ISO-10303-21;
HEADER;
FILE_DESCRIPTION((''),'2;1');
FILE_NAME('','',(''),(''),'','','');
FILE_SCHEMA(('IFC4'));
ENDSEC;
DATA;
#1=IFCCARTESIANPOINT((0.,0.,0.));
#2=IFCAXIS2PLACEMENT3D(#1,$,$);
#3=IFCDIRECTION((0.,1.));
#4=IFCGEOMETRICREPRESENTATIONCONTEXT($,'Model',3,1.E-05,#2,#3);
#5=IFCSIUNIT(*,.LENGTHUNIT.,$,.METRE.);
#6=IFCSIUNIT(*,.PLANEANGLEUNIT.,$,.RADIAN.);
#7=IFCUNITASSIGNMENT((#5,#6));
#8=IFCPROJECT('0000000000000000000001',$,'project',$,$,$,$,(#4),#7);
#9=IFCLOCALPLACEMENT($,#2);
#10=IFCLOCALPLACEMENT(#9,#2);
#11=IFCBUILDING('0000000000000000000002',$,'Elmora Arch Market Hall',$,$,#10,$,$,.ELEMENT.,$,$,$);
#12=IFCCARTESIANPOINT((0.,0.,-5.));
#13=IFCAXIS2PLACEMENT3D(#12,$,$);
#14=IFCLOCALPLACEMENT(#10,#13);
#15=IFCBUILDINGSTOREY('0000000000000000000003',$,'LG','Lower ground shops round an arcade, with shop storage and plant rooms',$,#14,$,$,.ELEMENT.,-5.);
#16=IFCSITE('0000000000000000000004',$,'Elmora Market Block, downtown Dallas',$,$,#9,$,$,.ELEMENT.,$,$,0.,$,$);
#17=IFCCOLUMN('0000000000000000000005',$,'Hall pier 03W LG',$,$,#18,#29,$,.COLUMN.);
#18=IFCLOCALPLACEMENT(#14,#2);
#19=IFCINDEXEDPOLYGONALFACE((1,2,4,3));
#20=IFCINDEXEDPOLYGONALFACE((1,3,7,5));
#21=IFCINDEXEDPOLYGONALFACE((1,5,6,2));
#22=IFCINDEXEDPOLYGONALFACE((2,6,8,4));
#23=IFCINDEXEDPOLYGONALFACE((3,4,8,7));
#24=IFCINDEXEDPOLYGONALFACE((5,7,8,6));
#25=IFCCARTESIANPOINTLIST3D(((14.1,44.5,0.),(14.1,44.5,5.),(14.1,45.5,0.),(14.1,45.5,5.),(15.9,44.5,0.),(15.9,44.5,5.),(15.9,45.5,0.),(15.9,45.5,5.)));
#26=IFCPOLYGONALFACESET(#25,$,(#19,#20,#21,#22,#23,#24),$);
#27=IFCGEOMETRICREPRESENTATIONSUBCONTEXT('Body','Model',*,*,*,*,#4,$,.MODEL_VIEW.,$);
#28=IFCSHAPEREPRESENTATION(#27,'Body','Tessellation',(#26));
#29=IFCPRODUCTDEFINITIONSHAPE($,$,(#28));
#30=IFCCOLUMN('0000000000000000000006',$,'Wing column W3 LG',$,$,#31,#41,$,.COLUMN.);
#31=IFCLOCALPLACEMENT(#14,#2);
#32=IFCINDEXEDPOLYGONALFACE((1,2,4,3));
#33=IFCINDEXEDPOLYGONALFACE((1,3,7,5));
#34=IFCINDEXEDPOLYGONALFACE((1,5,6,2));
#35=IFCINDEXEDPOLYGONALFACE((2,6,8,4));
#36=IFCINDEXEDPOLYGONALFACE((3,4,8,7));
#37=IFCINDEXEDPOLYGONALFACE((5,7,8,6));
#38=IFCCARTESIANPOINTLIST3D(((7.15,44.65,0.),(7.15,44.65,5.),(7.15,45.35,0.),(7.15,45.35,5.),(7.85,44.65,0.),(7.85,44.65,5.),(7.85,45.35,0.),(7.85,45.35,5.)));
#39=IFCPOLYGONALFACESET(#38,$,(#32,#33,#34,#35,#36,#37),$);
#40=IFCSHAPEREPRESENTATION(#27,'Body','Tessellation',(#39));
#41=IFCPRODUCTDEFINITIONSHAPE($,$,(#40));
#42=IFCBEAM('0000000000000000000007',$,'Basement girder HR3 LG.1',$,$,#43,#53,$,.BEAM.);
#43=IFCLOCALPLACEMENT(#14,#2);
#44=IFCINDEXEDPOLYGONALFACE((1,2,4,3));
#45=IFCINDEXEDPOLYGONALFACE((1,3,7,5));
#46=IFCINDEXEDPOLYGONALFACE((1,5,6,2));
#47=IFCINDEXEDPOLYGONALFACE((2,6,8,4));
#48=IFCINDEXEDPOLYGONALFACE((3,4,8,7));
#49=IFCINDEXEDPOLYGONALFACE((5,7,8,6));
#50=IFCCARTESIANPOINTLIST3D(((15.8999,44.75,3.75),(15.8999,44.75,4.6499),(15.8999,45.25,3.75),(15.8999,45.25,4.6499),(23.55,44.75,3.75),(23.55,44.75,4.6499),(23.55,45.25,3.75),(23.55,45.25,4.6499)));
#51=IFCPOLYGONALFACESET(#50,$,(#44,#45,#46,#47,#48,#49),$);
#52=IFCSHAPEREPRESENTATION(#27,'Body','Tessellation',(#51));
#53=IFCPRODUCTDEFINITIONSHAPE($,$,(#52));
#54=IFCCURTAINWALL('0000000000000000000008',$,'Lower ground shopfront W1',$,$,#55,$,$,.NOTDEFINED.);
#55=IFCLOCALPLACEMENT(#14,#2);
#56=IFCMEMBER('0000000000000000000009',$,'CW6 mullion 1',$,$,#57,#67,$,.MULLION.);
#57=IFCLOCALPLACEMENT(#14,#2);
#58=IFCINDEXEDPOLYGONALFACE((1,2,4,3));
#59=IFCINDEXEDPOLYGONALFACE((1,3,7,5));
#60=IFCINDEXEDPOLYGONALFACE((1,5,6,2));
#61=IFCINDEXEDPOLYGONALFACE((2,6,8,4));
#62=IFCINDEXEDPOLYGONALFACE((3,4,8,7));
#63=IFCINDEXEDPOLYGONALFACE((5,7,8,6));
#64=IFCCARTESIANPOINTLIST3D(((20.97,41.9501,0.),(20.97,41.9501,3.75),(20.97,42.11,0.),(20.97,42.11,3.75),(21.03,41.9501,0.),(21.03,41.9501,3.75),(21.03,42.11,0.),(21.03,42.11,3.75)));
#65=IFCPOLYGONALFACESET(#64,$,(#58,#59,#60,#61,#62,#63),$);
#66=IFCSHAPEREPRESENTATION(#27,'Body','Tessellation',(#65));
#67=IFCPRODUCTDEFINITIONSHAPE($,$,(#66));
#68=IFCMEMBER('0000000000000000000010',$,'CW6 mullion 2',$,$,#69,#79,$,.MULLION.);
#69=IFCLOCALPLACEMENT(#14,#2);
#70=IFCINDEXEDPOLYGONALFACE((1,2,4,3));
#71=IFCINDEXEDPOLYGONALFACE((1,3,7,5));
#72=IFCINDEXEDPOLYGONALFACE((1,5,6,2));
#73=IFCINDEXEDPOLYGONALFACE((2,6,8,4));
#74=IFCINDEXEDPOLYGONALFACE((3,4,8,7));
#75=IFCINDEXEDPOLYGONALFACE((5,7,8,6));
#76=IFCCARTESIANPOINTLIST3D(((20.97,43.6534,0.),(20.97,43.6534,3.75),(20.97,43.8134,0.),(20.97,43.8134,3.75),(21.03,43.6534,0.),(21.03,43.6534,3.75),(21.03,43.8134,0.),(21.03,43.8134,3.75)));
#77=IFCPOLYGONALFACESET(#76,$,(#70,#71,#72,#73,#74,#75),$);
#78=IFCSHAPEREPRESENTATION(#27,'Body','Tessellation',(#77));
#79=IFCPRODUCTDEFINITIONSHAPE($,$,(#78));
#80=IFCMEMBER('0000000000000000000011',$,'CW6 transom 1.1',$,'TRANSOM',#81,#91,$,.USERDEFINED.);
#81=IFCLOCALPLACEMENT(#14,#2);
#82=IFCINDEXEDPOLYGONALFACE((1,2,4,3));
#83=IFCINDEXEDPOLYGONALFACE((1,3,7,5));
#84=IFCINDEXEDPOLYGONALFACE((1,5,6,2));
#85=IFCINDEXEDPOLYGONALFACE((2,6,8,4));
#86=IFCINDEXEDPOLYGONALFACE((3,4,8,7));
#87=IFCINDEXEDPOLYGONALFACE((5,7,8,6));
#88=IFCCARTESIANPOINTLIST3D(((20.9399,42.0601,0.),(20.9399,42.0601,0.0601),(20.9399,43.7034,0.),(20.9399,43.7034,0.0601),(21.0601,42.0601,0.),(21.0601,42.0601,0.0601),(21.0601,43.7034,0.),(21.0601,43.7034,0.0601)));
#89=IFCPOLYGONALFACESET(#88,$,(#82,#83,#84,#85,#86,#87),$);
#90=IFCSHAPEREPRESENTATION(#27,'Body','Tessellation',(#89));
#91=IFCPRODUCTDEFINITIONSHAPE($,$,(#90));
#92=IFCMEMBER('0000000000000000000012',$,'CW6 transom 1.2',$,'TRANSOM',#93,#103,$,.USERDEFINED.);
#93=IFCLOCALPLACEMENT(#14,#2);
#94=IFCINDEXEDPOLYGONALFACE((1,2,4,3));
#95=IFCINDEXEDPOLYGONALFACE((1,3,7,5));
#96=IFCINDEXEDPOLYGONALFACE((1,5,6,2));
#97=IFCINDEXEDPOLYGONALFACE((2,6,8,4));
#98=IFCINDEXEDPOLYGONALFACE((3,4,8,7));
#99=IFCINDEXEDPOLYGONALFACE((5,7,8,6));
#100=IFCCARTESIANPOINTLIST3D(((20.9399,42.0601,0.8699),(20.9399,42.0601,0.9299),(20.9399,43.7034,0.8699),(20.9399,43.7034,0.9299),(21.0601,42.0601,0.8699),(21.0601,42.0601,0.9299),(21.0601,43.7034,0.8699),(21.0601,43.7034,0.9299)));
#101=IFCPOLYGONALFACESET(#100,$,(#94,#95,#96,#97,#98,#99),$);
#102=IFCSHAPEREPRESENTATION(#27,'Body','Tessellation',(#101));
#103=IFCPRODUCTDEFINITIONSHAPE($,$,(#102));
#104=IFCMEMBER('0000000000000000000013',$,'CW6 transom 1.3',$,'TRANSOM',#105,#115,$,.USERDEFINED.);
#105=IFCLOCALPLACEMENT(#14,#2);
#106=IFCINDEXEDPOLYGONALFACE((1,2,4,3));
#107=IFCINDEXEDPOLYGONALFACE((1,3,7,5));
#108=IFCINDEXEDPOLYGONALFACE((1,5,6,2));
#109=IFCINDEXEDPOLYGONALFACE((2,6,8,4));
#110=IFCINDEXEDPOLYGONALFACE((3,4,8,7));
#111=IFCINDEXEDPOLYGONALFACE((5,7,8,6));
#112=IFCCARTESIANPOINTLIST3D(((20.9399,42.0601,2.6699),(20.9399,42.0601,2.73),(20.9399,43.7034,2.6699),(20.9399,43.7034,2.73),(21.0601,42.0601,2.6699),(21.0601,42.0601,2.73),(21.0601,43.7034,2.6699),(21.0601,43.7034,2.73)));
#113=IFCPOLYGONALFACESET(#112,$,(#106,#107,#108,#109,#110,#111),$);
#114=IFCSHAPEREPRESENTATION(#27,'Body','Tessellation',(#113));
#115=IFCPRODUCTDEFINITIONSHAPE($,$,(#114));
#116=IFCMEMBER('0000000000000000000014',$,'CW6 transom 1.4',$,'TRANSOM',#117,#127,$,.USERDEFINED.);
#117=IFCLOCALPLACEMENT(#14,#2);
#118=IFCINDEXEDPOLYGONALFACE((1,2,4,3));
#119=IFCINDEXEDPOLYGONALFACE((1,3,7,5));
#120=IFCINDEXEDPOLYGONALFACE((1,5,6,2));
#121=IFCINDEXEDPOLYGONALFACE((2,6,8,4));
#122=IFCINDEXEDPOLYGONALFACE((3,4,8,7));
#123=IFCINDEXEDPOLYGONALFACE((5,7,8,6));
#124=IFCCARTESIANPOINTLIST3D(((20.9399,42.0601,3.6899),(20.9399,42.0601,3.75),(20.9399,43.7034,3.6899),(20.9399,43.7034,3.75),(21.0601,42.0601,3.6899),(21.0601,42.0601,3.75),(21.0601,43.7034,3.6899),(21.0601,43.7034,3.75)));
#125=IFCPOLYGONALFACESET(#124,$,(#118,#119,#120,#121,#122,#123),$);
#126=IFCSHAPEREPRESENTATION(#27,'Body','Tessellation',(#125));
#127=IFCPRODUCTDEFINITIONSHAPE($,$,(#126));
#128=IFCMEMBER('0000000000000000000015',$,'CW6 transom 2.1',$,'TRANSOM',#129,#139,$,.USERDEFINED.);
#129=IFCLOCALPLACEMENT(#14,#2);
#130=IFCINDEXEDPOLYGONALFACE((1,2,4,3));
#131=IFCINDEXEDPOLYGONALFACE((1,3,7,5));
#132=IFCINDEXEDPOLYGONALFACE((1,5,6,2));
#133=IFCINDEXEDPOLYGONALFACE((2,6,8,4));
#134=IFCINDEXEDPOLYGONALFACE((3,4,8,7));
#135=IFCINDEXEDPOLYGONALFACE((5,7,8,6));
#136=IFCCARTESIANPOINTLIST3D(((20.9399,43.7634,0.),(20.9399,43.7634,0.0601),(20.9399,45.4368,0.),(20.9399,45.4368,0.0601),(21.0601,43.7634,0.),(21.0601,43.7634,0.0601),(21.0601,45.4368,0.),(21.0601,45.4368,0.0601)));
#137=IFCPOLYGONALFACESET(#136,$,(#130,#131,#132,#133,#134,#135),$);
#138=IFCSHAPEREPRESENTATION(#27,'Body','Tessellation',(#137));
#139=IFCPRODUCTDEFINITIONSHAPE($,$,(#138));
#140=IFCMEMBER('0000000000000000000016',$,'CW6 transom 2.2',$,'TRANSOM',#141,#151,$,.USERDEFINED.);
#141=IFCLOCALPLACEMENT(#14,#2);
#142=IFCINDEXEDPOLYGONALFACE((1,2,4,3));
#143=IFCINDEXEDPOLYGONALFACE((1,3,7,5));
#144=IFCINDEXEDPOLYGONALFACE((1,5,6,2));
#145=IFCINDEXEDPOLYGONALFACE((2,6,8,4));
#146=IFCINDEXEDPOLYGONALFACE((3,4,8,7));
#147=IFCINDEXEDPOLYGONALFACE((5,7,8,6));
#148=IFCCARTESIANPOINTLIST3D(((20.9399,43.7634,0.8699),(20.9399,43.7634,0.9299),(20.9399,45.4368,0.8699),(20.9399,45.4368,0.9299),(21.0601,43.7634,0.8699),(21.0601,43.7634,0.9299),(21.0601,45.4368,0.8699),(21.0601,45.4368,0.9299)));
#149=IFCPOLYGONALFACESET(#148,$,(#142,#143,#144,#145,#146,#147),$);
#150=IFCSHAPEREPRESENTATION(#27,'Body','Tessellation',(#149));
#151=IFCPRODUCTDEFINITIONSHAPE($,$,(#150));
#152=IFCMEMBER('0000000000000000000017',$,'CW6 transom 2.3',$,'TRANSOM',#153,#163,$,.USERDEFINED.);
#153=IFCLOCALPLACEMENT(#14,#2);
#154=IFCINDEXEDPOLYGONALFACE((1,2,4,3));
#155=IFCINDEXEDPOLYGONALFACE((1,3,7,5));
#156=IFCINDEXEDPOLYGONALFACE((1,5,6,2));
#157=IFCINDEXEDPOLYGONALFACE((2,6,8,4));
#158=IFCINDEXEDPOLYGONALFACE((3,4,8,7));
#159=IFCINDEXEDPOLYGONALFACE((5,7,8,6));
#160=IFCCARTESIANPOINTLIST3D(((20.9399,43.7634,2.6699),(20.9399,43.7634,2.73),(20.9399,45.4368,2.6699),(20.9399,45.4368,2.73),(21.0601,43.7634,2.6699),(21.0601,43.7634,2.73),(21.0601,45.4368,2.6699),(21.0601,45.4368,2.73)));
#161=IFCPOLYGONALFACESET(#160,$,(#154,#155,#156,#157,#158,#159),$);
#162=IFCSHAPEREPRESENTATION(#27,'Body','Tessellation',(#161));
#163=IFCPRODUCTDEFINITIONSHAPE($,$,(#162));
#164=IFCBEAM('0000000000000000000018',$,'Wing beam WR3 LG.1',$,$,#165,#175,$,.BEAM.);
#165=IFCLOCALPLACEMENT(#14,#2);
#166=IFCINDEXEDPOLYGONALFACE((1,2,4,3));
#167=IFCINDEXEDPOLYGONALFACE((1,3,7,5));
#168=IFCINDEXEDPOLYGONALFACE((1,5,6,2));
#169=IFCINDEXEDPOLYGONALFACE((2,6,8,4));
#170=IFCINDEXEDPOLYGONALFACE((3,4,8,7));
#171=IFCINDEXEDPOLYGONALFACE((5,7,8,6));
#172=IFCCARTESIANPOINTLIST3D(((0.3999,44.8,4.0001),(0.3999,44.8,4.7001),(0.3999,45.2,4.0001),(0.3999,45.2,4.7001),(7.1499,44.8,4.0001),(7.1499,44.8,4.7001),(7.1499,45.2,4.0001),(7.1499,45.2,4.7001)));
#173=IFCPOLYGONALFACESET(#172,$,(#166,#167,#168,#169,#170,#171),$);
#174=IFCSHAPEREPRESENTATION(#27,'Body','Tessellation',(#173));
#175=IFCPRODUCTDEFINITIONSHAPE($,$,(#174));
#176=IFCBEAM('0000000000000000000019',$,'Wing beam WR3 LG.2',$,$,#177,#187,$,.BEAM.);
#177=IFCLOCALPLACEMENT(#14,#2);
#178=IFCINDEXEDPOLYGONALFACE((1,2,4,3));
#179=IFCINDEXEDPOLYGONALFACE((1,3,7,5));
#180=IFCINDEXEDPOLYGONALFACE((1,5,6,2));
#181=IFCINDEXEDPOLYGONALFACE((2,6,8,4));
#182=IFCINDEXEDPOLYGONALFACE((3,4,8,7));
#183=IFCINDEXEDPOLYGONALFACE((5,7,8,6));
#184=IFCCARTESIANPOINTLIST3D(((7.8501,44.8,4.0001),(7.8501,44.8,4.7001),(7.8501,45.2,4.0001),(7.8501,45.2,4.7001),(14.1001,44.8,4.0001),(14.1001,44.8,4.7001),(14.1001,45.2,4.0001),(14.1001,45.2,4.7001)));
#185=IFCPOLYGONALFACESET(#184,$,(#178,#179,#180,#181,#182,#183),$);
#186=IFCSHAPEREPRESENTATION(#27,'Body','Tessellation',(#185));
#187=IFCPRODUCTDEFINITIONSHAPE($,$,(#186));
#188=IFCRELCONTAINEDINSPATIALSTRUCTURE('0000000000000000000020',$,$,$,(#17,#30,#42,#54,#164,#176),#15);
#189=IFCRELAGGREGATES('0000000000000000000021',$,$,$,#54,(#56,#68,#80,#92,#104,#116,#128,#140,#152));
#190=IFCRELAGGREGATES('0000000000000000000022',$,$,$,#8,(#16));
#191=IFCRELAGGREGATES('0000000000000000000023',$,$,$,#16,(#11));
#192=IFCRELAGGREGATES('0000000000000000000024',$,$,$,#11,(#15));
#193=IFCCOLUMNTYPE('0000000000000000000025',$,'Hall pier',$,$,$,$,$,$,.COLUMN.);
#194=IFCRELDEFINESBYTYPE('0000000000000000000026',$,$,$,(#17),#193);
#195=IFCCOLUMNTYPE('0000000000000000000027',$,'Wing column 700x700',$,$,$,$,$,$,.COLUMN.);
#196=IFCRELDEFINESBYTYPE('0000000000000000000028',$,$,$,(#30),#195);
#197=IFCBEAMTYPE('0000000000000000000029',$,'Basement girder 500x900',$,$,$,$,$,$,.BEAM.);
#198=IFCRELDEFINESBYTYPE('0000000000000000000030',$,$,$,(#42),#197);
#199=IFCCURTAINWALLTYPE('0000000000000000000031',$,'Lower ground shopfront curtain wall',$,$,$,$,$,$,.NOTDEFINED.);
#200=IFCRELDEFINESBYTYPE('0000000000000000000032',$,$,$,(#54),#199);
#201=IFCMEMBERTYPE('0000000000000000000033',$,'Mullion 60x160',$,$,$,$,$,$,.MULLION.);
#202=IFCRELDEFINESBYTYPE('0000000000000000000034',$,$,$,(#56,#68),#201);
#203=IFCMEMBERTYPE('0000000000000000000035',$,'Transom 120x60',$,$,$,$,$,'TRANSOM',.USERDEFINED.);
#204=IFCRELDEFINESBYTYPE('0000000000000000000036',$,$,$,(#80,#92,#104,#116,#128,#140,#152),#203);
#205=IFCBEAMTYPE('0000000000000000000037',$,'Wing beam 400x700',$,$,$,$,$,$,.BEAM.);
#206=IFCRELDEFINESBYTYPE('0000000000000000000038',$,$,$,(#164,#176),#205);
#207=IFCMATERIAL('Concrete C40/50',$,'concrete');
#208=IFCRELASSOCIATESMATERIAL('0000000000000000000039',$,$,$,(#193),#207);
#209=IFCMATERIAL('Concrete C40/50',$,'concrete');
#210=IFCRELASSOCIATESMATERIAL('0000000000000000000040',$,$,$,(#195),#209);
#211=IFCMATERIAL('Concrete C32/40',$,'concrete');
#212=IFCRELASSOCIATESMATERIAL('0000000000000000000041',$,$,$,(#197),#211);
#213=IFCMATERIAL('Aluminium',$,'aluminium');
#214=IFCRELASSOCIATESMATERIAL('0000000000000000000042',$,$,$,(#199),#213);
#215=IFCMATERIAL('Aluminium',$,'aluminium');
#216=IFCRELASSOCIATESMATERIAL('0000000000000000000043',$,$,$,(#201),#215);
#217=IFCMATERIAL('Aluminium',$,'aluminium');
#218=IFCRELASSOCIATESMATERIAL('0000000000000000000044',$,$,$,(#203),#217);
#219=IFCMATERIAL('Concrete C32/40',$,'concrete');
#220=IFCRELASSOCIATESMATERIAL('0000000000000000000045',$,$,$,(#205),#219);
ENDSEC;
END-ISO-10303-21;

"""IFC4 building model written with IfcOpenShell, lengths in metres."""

from ifc_helpers import new_model, si_unit, direction, frame, origin, origin_2d, place, context, subcontext, project, spatial, rectangle, extrude, material, material_profile, profile_set, type_object, element, aggregate, save


model = new_model("IFC4")

# Units and contexts
model_context = context("Model", 3, precision=1e-05, world=origin(), true_north=direction((0.0, 1.0)))
body_context = subcontext(model_context, "Body", "Model", "MODEL_VIEW")
ifc_project = project(units=[si_unit("LENGTHUNIT", "METRE"), si_unit("PLANEANGLEUNIT", "RADIAN")], contexts=[model_context])

# Site, building, storey
site_placement = place(None, origin())
site = spatial("IfcSite", under=ifc_project, at=site_placement, Name="Elmora Market Block, downtown Dallas", CompositionType="ELEMENT", RefElevation=0.0)
building_placement = place(site_placement, origin())
building = spatial("IfcBuilding", under=site, at=building_placement, Name="Elmora Arch Market Hall", CompositionType="ELEMENT")
storey_placement = place(building_placement, frame((0.0, 0.0, -5.0)))
storey = spatial("IfcBuildingStorey", under=building, at=storey_placement, Name="LG", Description="Lower ground shops round an arcade, with shop storage and plant rooms", CompositionType="ELEMENT", Elevation=-5.0)

# Columns
ifc_material_1 = material(Name="Concrete C40/50", Category="concrete")
ifc_material_profile_1 = material_profile(ifc_material_1, rectangle(XDim=1.8, YDim=1.0, at=origin_2d()), Name="Hall pier")
ifc_profile_set_1 = profile_set([ifc_material_profile_1], Name="Concrete C40/50")
column_type_1 = type_object("IfcColumnType", Name="Hall pier", PredefinedType="COLUMN", material=ifc_profile_set_1)
column_1_placement = place(storey_placement, frame((15.0, 45.0, 0.0), z_axis=(0.0, 0.0, 1.0), x_axis=(1.0, 0.0, 0.0)))
element("IfcColumn", 1, at=column_1_placement, inside=storey, type_object=column_type_1, Name="Hall pier 03W LG", PredefinedType="COLUMN", context=body_context, shape_type="SweptSolid", body=[
    extrude(rectangle(XDim=1.8, YDim=1.0, at=origin_2d()), origin(), (0.0, 0.0, 1.0), 5.0),
])
ifc_material_2 = material(Name="Concrete C40/50", Category="concrete")
ifc_material_profile_2 = material_profile(ifc_material_2, rectangle(XDim=0.7, YDim=0.7, at=origin_2d()), Name="Wing column 700x700")
ifc_profile_set_2 = profile_set([ifc_material_profile_2], Name="Concrete C40/50")
column_type_2 = type_object("IfcColumnType", Name="Wing column 700x700", PredefinedType="COLUMN", material=ifc_profile_set_2)
column_2_placement = place(storey_placement, frame((7.5, 45.0, 0.0), z_axis=(0.0, 0.0, 1.0), x_axis=(1.0, 0.0, 0.0)))
element("IfcColumn", 2, at=column_2_placement, inside=storey, type_object=column_type_2, Name="Wing column W3 LG", PredefinedType="COLUMN", context=body_context, shape_type="SweptSolid", body=[
    extrude(rectangle(XDim=0.7, YDim=0.7, at=origin_2d()), origin(), (0.0, 0.0, 1.0), 5.0),
])

# Beam
ifc_material_3 = material(Name="Concrete C32/40", Category="concrete")
ifc_material_profile_3 = material_profile(ifc_material_3, rectangle(XDim=0.5, YDim=0.8999, at=origin_2d()), Name="Basement girder 500x900")
ifc_profile_set_3 = profile_set([ifc_material_profile_3], Name="Concrete C32/40")
beam_type_1 = type_object("IfcBeamType", Name="Basement girder 500x900", PredefinedType="BEAM", material=ifc_profile_set_3)
beam_1_placement = place(storey_placement, frame((15.8999, 45.0, 4.2), z_axis=(1.0, 0.0, 0.0), x_axis=(0.0, 1.0, 0.0)))
element("IfcBeam", 3, at=beam_1_placement, inside=storey, type_object=beam_type_1, Name="Basement girder HR3 LG.1", PredefinedType="BEAM", context=body_context, shape_type="SweptSolid", body=[
    extrude(rectangle(XDim=0.5, YDim=0.8999, at=origin_2d()), origin(), (0.0, 0.0, 1.0), 7.6501),
])

# Curtain wall, members
ifc_material_4 = material(Name="Aluminium", Category="aluminium")
curtain_wall_type = type_object("IfcCurtainWallType", Name="Lower ground shopfront curtain wall", PredefinedType="NOTDEFINED", material=ifc_material_4)
curtain_wall_placement = place(storey_placement, origin())
curtain_wall = element("IfcCurtainWall", 4, at=curtain_wall_placement, inside=storey, type_object=curtain_wall_type, Name="Lower ground shopfront W1", PredefinedType="NOTDEFINED")
ifc_material_5 = material(Name="Aluminium", Category="aluminium")
ifc_material_profile_4 = material_profile(ifc_material_5, rectangle(XDim=0.0601, YDim=0.1599, at=origin_2d()), Name="AL 60x160")
ifc_profile_set_4 = profile_set([ifc_material_profile_4], Name="Aluminium")
member_type_1 = type_object("IfcMemberType", Name="Mullion 60x160", PredefinedType="MULLION", material=ifc_profile_set_4)
member_1_placement = place(storey_placement, frame((21.0, 42.03, 0.0), z_axis=(0.0, 0.0, 1.0), x_axis=(-1.0, 0.0, 0.0)))
member_1 = element("IfcMember", 5, at=member_1_placement, type_object=member_type_1, Name="CW6 mullion 1", PredefinedType="MULLION", context=body_context, shape_type="SweptSolid", body=[
    extrude(rectangle(XDim=0.0601, YDim=0.1599, at=origin_2d()), origin(), (0.0, 0.0, 1.0), 3.75),
])
member_2_placement = place(storey_placement, frame((21.0, 43.7334, 0.0), z_axis=(0.0, 0.0, 1.0), x_axis=(-1.0, 0.0, 0.0)))
member_2 = element("IfcMember", 6, at=member_2_placement, type_object=member_type_1, Name="CW6 mullion 2", PredefinedType="MULLION", context=body_context, shape_type="SweptSolid", body=[
    extrude(rectangle(XDim=0.0601, YDim=0.1599, at=origin_2d()), origin(), (0.0, 0.0, 1.0), 3.75),
])
ifc_material_6 = material(Name="Aluminium", Category="aluminium")
ifc_material_profile_5 = material_profile(ifc_material_6, rectangle(XDim=0.1201, YDim=0.0601, at=origin_2d()), Name="AL 120x60")
ifc_profile_set_5 = profile_set([ifc_material_profile_5], Name="Aluminium")
member_type_2 = type_object("IfcMemberType", Name="Transom 120x60", ElementType="TRANSOM", PredefinedType="USERDEFINED", material=ifc_profile_set_5)
member_3_placement = place(storey_placement, frame((21.0, 42.0601, 0.03), z_axis=(0.0, 1.0, 0.0), x_axis=(-1.0, 0.0, 0.0)))
member_3 = element("IfcMember", 7, at=member_3_placement, type_object=member_type_2, Name="CW6 transom 1.1", ObjectType="TRANSOM", PredefinedType="USERDEFINED", context=body_context, shape_type="SweptSolid", body=[
    extrude(rectangle(XDim=0.1201, YDim=0.0601, at=origin_2d()), origin(), (0.0, 0.0, 1.0), 1.6433),
])
member_4_placement = place(storey_placement, frame((21.0, 42.0601, 0.8999), z_axis=(0.0, 1.0, 0.0), x_axis=(-1.0, 0.0, 0.0)))
member_4 = element("IfcMember", 8, at=member_4_placement, type_object=member_type_2, Name="CW6 transom 1.2", ObjectType="TRANSOM", PredefinedType="USERDEFINED", context=body_context, shape_type="SweptSolid", body=[
    extrude(rectangle(XDim=0.1201, YDim=0.0601, at=origin_2d()), origin(), (0.0, 0.0, 1.0), 1.6433),
])
member_5_placement = place(storey_placement, frame((21.0, 42.0601, 2.7), z_axis=(0.0, 1.0, 0.0), x_axis=(-1.0, 0.0, 0.0)))
member_5 = element("IfcMember", 9, at=member_5_placement, type_object=member_type_2, Name="CW6 transom 1.3", ObjectType="TRANSOM", PredefinedType="USERDEFINED", context=body_context, shape_type="SweptSolid", body=[
    extrude(rectangle(XDim=0.1201, YDim=0.0601, at=origin_2d()), origin(), (0.0, 0.0, 1.0), 1.6433),
])
member_6_placement = place(storey_placement, frame((21.0, 42.0601, 3.72), z_axis=(0.0, 1.0, 0.0), x_axis=(-1.0, 0.0, 0.0)))
member_6 = element("IfcMember", 10, at=member_6_placement, type_object=member_type_2, Name="CW6 transom 1.4", ObjectType="TRANSOM", PredefinedType="USERDEFINED", context=body_context, shape_type="SweptSolid", body=[
    extrude(rectangle(XDim=0.1201, YDim=0.0601, at=origin_2d()), origin(), (0.0, 0.0, 1.0), 1.6433),
])
member_7_placement = place(storey_placement, frame((21.0, 43.7634, 0.03), z_axis=(0.0, 1.0, 0.0), x_axis=(-1.0, 0.0, 0.0)))
member_7 = element("IfcMember", 11, at=member_7_placement, type_object=member_type_2, Name="CW6 transom 2.1", ObjectType="TRANSOM", PredefinedType="USERDEFINED", context=body_context, shape_type="SweptSolid", body=[
    extrude(rectangle(XDim=0.1201, YDim=0.0601, at=origin_2d()), origin(), (0.0, 0.0, 1.0), 1.6733),
])
member_8_placement = place(storey_placement, frame((21.0, 43.7634, 0.8999), z_axis=(0.0, 1.0, 0.0), x_axis=(-1.0, 0.0, 0.0)))
member_8 = element("IfcMember", 12, at=member_8_placement, type_object=member_type_2, Name="CW6 transom 2.2", ObjectType="TRANSOM", PredefinedType="USERDEFINED", context=body_context, shape_type="SweptSolid", body=[
    extrude(rectangle(XDim=0.1201, YDim=0.0601, at=origin_2d()), origin(), (0.0, 0.0, 1.0), 1.6733),
])
member_9_placement = place(storey_placement, frame((21.0, 43.7634, 2.7), z_axis=(0.0, 1.0, 0.0), x_axis=(-1.0, 0.0, 0.0)))
member_9 = element("IfcMember", 13, at=member_9_placement, type_object=member_type_2, Name="CW6 transom 2.3", ObjectType="TRANSOM", PredefinedType="USERDEFINED", context=body_context, shape_type="SweptSolid", body=[
    extrude(rectangle(XDim=0.1201, YDim=0.0601, at=origin_2d()), origin(), (0.0, 0.0, 1.0), 1.6733),
])

# Beams
ifc_material_7 = material(Name="Concrete C32/40", Category="concrete")
ifc_material_profile_6 = material_profile(ifc_material_7, rectangle(XDim=0.3999, YDim=0.7, at=origin_2d()), Name="Wing beam 400x700")
ifc_profile_set_6 = profile_set([ifc_material_profile_6], Name="Concrete C32/40")
beam_type_2 = type_object("IfcBeamType", Name="Wing beam 400x700", PredefinedType="BEAM", material=ifc_profile_set_6)
beam_2_placement = place(storey_placement, frame((0.3999, 45.0, 4.3501), z_axis=(1.0, 0.0, 0.0), x_axis=(0.0, 1.0, 0.0)))
element("IfcBeam", 14, at=beam_2_placement, inside=storey, type_object=beam_type_2, Name="Wing beam WR3 LG.1", PredefinedType="BEAM", context=body_context, shape_type="SweptSolid", body=[
    extrude(rectangle(XDim=0.3999, YDim=0.7, at=origin_2d()), origin(), (0.0, 0.0, 1.0), 6.75),
])
beam_3_placement = place(storey_placement, frame((7.8501, 45.0, 4.3501), z_axis=(1.0, 0.0, 0.0), x_axis=(0.0, 1.0, 0.0)))
element("IfcBeam", 15, at=beam_3_placement, inside=storey, type_object=beam_type_2, Name="Wing beam WR3 LG.2", PredefinedType="BEAM", context=body_context, shape_type="SweptSolid", body=[
    extrude(rectangle(XDim=0.3999, YDim=0.7, at=origin_2d()), origin(), (0.0, 0.0, 1.0), 6.25),
])

aggregate(curtain_wall, [member_1, member_2, member_3, member_4, member_5, member_6, member_7, member_8, member_9])

save(model, "model.ifc")
